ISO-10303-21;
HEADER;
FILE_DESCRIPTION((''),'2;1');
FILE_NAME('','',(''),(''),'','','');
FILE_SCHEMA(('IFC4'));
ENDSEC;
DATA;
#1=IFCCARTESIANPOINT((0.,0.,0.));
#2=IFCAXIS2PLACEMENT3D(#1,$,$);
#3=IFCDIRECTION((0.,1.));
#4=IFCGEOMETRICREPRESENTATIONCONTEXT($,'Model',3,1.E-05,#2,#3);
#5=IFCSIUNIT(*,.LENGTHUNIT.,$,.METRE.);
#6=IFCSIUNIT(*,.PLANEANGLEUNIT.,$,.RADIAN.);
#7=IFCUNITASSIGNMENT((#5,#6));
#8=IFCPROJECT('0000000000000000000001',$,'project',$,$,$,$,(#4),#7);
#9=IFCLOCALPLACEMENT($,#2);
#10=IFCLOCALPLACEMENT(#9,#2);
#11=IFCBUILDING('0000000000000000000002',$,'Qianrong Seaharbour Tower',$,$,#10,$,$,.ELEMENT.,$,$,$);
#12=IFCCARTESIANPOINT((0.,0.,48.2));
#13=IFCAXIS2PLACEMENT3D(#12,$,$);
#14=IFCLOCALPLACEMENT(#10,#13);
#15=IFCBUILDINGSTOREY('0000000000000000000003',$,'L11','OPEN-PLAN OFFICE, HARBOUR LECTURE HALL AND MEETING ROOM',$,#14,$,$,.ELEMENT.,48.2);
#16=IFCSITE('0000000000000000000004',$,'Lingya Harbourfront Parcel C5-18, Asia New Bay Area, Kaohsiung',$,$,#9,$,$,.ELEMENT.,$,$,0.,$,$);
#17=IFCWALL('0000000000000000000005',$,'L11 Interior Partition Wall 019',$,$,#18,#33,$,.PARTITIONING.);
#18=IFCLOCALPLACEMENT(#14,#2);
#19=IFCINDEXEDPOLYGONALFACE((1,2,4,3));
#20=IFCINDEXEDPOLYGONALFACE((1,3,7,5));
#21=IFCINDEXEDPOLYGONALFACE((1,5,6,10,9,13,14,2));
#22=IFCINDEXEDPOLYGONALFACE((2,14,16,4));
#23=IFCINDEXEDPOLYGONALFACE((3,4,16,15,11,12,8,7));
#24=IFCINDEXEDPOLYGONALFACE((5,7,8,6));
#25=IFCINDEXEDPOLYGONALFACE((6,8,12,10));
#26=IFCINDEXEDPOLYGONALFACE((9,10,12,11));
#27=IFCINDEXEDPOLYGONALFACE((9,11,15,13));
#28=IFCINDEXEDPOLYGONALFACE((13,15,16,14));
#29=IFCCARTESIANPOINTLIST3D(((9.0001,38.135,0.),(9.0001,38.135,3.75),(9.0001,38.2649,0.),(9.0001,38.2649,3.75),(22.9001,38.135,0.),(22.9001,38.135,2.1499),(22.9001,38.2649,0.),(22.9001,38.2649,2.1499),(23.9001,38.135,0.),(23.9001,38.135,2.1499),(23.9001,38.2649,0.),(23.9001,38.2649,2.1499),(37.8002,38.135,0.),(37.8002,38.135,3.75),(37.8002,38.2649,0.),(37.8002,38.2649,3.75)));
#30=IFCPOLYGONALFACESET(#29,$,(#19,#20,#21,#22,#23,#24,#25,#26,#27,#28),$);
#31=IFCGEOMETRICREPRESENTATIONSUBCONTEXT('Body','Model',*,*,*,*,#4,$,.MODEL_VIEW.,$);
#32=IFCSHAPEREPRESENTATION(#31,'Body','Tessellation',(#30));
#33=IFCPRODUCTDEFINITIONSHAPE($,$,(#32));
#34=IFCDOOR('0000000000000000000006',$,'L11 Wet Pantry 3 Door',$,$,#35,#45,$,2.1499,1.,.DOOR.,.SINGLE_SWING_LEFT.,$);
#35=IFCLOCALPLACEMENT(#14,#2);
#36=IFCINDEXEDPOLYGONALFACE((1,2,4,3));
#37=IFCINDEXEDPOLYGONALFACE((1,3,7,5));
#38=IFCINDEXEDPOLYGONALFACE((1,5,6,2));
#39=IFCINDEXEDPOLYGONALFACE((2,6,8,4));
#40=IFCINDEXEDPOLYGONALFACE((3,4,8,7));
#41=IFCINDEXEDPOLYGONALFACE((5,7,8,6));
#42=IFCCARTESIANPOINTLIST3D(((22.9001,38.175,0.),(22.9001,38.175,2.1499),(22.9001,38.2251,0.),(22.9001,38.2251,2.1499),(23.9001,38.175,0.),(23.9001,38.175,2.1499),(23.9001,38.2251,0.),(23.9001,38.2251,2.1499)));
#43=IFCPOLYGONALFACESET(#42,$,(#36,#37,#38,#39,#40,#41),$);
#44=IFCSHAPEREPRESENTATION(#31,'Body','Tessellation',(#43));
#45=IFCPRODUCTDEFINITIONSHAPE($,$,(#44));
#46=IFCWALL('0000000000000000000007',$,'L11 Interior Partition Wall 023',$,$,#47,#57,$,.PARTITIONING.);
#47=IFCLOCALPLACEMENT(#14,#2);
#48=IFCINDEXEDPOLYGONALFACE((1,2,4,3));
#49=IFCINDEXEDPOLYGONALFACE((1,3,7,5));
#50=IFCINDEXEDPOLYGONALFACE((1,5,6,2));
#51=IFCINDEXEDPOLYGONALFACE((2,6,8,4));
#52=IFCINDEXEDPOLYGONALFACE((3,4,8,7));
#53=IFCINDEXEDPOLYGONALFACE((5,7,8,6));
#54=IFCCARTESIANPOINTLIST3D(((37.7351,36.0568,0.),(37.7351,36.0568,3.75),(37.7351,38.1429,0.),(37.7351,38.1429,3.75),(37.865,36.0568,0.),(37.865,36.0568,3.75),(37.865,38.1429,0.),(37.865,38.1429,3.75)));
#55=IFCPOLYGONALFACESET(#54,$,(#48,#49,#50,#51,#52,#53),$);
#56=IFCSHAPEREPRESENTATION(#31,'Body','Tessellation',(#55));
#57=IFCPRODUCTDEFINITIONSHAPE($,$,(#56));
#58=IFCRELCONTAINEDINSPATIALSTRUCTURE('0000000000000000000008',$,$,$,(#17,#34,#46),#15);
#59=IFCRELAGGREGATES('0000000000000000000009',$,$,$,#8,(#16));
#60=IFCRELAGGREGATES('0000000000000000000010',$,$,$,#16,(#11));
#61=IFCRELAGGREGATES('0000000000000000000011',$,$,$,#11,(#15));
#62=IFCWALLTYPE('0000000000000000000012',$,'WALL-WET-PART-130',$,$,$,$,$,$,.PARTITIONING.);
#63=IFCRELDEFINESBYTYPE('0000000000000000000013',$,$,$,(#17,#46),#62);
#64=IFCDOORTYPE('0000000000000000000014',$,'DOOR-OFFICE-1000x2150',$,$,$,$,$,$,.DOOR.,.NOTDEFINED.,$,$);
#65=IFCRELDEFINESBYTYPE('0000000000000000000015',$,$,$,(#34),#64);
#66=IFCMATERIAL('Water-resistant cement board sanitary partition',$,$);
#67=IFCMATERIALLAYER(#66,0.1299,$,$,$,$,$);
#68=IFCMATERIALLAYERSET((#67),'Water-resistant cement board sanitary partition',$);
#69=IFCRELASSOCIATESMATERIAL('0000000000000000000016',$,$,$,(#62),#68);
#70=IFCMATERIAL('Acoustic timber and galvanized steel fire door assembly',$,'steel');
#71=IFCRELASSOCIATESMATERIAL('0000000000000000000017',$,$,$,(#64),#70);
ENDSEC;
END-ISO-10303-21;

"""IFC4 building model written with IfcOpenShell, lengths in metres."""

from ifc_helpers import new_model, si_unit, direction, frame, frame_2d, origin, place, context, subcontext, project, spatial, rectangle, extrude, material, layer, layer_set, type_object, element, fill, save


model = new_model("IFC4")

# Units and contexts
model_context = context("Model", 3, precision=1e-05, world=origin(), true_north=direction((0.0, 1.0)))
body_context = subcontext(model_context, "Body", "Model", "MODEL_VIEW")
ifc_project = project(units=[si_unit("LENGTHUNIT", "METRE"), si_unit("PLANEANGLEUNIT", "RADIAN")], contexts=[model_context])

# Site, building, storey
site_placement = place(None, origin())
site = spatial("IfcSite", under=ifc_project, at=site_placement, Name="Lingya Harbourfront Parcel C5-18, Asia New Bay Area, Kaohsiung", CompositionType="ELEMENT", RefElevation=0.0)
building_placement = place(site_placement, origin())
building = spatial("IfcBuilding", under=site, at=building_placement, Name="Qianrong Seaharbour Tower", CompositionType="ELEMENT")
storey_placement = place(building_placement, frame((0.0, 0.0, 48.2)))
storey = spatial("IfcBuildingStorey", under=building, at=storey_placement, Name="L11", Description="OPEN-PLAN OFFICE, HARBOUR LECTURE HALL AND MEETING ROOM", CompositionType="ELEMENT", Elevation=48.2)

# Shared definitions
ifc_material_1 = material(Name="Acoustic timber and galvanized steel fire door assembly", Category="steel")

# Shared definitions
ifc_material_2 = material(Name="Water-resistant cement board sanitary partition")
ifc_layer_1 = layer(ifc_material_2, 0.1299)
ifc_layer_set_1 = layer_set([ifc_layer_1], Name="Water-resistant cement board sanitary partition")
wall_type_1 = type_object("IfcWallType", Name="WALL-WET-PART-130", PredefinedType="PARTITIONING", material=ifc_layer_set_1)

# Wall, opening, door
wall_1_placement = place(storey_placement, frame((37.8, 38.2, 0.0), z_axis=(0.0, 0.0, 1.0), x_axis=(-1.0, 0.0, 0.0)))
wall_1 = element("IfcWall", 1, at=wall_1_placement, inside=storey, type_object=wall_type_1, Name="L11 Interior Partition Wall 019", PredefinedType="PARTITIONING", context=body_context, shape_type="SweptSolid", body=[
    extrude(rectangle(XDim=28.8, YDim=0.1299, at=frame_2d((14.3999, 0.0))), origin(), (0.0, 0.0, 1.0), 3.75),
])
opening_1_placement = place(wall_1_placement, frame((13.8999, 0.0, 0.0)))
opening_1 = element("IfcOpeningElement", 2, at=opening_1_placement, cuts=wall_1, PredefinedType="OPENING", context=body_context, shape_type="SweptSolid", body=[
    extrude(rectangle(XDim=1.0, YDim=2.1499, at=frame_2d((0.5, 1.075))), frame((0.0, 0.075, 0.0), z_axis=(0.0, -1.0, 0.0), x_axis=(1.0, 0.0, 0.0)), (0.0, 0.0, 1.0), 0.1499),
])
door_type_1 = type_object("IfcDoorType", Name="DOOR-OFFICE-1000x2150", OperationType="NOTDEFINED", PredefinedType="DOOR", material=ifc_material_1)
door_1_placement = place(opening_1_placement, origin())
door_1 = element("IfcDoor", 3, at=door_1_placement, inside=storey, type_object=door_type_1, Name="L11 Wet Pantry 3 Door", OperationType="SINGLE_SWING_LEFT", OverallHeight=2.1499, OverallWidth=1.0, PredefinedType="DOOR", context=body_context, shape_type="SweptSolid", body=[
    extrude(rectangle(XDim=1.0, YDim=2.1499, at=frame_2d((0.5, 1.075))), frame((0.0, 0.0249, 0.0), z_axis=(0.0, -1.0, 0.0), x_axis=(1.0, 0.0, 0.0)), (0.0, 0.0, 1.0), 0.05),
])
fill(opening_1, door_1)

# Wall
wall_2_placement = place(storey_placement, frame((37.8, 36.0569, 0.0), z_axis=(0.0, 0.0, 1.0), x_axis=(0.0, 1.0, 0.0)))
element("IfcWall", 4, at=wall_2_placement, inside=storey, type_object=wall_type_1, Name="L11 Interior Partition Wall 023", PredefinedType="PARTITIONING", context=body_context, shape_type="SweptSolid", body=[
    extrude(rectangle(XDim=2.0862, YDim=0.1299, at=frame_2d((1.043, 0.0))), origin(), (0.0, 0.0, 1.0), 3.75),
])

save(model, "model.ifc")
